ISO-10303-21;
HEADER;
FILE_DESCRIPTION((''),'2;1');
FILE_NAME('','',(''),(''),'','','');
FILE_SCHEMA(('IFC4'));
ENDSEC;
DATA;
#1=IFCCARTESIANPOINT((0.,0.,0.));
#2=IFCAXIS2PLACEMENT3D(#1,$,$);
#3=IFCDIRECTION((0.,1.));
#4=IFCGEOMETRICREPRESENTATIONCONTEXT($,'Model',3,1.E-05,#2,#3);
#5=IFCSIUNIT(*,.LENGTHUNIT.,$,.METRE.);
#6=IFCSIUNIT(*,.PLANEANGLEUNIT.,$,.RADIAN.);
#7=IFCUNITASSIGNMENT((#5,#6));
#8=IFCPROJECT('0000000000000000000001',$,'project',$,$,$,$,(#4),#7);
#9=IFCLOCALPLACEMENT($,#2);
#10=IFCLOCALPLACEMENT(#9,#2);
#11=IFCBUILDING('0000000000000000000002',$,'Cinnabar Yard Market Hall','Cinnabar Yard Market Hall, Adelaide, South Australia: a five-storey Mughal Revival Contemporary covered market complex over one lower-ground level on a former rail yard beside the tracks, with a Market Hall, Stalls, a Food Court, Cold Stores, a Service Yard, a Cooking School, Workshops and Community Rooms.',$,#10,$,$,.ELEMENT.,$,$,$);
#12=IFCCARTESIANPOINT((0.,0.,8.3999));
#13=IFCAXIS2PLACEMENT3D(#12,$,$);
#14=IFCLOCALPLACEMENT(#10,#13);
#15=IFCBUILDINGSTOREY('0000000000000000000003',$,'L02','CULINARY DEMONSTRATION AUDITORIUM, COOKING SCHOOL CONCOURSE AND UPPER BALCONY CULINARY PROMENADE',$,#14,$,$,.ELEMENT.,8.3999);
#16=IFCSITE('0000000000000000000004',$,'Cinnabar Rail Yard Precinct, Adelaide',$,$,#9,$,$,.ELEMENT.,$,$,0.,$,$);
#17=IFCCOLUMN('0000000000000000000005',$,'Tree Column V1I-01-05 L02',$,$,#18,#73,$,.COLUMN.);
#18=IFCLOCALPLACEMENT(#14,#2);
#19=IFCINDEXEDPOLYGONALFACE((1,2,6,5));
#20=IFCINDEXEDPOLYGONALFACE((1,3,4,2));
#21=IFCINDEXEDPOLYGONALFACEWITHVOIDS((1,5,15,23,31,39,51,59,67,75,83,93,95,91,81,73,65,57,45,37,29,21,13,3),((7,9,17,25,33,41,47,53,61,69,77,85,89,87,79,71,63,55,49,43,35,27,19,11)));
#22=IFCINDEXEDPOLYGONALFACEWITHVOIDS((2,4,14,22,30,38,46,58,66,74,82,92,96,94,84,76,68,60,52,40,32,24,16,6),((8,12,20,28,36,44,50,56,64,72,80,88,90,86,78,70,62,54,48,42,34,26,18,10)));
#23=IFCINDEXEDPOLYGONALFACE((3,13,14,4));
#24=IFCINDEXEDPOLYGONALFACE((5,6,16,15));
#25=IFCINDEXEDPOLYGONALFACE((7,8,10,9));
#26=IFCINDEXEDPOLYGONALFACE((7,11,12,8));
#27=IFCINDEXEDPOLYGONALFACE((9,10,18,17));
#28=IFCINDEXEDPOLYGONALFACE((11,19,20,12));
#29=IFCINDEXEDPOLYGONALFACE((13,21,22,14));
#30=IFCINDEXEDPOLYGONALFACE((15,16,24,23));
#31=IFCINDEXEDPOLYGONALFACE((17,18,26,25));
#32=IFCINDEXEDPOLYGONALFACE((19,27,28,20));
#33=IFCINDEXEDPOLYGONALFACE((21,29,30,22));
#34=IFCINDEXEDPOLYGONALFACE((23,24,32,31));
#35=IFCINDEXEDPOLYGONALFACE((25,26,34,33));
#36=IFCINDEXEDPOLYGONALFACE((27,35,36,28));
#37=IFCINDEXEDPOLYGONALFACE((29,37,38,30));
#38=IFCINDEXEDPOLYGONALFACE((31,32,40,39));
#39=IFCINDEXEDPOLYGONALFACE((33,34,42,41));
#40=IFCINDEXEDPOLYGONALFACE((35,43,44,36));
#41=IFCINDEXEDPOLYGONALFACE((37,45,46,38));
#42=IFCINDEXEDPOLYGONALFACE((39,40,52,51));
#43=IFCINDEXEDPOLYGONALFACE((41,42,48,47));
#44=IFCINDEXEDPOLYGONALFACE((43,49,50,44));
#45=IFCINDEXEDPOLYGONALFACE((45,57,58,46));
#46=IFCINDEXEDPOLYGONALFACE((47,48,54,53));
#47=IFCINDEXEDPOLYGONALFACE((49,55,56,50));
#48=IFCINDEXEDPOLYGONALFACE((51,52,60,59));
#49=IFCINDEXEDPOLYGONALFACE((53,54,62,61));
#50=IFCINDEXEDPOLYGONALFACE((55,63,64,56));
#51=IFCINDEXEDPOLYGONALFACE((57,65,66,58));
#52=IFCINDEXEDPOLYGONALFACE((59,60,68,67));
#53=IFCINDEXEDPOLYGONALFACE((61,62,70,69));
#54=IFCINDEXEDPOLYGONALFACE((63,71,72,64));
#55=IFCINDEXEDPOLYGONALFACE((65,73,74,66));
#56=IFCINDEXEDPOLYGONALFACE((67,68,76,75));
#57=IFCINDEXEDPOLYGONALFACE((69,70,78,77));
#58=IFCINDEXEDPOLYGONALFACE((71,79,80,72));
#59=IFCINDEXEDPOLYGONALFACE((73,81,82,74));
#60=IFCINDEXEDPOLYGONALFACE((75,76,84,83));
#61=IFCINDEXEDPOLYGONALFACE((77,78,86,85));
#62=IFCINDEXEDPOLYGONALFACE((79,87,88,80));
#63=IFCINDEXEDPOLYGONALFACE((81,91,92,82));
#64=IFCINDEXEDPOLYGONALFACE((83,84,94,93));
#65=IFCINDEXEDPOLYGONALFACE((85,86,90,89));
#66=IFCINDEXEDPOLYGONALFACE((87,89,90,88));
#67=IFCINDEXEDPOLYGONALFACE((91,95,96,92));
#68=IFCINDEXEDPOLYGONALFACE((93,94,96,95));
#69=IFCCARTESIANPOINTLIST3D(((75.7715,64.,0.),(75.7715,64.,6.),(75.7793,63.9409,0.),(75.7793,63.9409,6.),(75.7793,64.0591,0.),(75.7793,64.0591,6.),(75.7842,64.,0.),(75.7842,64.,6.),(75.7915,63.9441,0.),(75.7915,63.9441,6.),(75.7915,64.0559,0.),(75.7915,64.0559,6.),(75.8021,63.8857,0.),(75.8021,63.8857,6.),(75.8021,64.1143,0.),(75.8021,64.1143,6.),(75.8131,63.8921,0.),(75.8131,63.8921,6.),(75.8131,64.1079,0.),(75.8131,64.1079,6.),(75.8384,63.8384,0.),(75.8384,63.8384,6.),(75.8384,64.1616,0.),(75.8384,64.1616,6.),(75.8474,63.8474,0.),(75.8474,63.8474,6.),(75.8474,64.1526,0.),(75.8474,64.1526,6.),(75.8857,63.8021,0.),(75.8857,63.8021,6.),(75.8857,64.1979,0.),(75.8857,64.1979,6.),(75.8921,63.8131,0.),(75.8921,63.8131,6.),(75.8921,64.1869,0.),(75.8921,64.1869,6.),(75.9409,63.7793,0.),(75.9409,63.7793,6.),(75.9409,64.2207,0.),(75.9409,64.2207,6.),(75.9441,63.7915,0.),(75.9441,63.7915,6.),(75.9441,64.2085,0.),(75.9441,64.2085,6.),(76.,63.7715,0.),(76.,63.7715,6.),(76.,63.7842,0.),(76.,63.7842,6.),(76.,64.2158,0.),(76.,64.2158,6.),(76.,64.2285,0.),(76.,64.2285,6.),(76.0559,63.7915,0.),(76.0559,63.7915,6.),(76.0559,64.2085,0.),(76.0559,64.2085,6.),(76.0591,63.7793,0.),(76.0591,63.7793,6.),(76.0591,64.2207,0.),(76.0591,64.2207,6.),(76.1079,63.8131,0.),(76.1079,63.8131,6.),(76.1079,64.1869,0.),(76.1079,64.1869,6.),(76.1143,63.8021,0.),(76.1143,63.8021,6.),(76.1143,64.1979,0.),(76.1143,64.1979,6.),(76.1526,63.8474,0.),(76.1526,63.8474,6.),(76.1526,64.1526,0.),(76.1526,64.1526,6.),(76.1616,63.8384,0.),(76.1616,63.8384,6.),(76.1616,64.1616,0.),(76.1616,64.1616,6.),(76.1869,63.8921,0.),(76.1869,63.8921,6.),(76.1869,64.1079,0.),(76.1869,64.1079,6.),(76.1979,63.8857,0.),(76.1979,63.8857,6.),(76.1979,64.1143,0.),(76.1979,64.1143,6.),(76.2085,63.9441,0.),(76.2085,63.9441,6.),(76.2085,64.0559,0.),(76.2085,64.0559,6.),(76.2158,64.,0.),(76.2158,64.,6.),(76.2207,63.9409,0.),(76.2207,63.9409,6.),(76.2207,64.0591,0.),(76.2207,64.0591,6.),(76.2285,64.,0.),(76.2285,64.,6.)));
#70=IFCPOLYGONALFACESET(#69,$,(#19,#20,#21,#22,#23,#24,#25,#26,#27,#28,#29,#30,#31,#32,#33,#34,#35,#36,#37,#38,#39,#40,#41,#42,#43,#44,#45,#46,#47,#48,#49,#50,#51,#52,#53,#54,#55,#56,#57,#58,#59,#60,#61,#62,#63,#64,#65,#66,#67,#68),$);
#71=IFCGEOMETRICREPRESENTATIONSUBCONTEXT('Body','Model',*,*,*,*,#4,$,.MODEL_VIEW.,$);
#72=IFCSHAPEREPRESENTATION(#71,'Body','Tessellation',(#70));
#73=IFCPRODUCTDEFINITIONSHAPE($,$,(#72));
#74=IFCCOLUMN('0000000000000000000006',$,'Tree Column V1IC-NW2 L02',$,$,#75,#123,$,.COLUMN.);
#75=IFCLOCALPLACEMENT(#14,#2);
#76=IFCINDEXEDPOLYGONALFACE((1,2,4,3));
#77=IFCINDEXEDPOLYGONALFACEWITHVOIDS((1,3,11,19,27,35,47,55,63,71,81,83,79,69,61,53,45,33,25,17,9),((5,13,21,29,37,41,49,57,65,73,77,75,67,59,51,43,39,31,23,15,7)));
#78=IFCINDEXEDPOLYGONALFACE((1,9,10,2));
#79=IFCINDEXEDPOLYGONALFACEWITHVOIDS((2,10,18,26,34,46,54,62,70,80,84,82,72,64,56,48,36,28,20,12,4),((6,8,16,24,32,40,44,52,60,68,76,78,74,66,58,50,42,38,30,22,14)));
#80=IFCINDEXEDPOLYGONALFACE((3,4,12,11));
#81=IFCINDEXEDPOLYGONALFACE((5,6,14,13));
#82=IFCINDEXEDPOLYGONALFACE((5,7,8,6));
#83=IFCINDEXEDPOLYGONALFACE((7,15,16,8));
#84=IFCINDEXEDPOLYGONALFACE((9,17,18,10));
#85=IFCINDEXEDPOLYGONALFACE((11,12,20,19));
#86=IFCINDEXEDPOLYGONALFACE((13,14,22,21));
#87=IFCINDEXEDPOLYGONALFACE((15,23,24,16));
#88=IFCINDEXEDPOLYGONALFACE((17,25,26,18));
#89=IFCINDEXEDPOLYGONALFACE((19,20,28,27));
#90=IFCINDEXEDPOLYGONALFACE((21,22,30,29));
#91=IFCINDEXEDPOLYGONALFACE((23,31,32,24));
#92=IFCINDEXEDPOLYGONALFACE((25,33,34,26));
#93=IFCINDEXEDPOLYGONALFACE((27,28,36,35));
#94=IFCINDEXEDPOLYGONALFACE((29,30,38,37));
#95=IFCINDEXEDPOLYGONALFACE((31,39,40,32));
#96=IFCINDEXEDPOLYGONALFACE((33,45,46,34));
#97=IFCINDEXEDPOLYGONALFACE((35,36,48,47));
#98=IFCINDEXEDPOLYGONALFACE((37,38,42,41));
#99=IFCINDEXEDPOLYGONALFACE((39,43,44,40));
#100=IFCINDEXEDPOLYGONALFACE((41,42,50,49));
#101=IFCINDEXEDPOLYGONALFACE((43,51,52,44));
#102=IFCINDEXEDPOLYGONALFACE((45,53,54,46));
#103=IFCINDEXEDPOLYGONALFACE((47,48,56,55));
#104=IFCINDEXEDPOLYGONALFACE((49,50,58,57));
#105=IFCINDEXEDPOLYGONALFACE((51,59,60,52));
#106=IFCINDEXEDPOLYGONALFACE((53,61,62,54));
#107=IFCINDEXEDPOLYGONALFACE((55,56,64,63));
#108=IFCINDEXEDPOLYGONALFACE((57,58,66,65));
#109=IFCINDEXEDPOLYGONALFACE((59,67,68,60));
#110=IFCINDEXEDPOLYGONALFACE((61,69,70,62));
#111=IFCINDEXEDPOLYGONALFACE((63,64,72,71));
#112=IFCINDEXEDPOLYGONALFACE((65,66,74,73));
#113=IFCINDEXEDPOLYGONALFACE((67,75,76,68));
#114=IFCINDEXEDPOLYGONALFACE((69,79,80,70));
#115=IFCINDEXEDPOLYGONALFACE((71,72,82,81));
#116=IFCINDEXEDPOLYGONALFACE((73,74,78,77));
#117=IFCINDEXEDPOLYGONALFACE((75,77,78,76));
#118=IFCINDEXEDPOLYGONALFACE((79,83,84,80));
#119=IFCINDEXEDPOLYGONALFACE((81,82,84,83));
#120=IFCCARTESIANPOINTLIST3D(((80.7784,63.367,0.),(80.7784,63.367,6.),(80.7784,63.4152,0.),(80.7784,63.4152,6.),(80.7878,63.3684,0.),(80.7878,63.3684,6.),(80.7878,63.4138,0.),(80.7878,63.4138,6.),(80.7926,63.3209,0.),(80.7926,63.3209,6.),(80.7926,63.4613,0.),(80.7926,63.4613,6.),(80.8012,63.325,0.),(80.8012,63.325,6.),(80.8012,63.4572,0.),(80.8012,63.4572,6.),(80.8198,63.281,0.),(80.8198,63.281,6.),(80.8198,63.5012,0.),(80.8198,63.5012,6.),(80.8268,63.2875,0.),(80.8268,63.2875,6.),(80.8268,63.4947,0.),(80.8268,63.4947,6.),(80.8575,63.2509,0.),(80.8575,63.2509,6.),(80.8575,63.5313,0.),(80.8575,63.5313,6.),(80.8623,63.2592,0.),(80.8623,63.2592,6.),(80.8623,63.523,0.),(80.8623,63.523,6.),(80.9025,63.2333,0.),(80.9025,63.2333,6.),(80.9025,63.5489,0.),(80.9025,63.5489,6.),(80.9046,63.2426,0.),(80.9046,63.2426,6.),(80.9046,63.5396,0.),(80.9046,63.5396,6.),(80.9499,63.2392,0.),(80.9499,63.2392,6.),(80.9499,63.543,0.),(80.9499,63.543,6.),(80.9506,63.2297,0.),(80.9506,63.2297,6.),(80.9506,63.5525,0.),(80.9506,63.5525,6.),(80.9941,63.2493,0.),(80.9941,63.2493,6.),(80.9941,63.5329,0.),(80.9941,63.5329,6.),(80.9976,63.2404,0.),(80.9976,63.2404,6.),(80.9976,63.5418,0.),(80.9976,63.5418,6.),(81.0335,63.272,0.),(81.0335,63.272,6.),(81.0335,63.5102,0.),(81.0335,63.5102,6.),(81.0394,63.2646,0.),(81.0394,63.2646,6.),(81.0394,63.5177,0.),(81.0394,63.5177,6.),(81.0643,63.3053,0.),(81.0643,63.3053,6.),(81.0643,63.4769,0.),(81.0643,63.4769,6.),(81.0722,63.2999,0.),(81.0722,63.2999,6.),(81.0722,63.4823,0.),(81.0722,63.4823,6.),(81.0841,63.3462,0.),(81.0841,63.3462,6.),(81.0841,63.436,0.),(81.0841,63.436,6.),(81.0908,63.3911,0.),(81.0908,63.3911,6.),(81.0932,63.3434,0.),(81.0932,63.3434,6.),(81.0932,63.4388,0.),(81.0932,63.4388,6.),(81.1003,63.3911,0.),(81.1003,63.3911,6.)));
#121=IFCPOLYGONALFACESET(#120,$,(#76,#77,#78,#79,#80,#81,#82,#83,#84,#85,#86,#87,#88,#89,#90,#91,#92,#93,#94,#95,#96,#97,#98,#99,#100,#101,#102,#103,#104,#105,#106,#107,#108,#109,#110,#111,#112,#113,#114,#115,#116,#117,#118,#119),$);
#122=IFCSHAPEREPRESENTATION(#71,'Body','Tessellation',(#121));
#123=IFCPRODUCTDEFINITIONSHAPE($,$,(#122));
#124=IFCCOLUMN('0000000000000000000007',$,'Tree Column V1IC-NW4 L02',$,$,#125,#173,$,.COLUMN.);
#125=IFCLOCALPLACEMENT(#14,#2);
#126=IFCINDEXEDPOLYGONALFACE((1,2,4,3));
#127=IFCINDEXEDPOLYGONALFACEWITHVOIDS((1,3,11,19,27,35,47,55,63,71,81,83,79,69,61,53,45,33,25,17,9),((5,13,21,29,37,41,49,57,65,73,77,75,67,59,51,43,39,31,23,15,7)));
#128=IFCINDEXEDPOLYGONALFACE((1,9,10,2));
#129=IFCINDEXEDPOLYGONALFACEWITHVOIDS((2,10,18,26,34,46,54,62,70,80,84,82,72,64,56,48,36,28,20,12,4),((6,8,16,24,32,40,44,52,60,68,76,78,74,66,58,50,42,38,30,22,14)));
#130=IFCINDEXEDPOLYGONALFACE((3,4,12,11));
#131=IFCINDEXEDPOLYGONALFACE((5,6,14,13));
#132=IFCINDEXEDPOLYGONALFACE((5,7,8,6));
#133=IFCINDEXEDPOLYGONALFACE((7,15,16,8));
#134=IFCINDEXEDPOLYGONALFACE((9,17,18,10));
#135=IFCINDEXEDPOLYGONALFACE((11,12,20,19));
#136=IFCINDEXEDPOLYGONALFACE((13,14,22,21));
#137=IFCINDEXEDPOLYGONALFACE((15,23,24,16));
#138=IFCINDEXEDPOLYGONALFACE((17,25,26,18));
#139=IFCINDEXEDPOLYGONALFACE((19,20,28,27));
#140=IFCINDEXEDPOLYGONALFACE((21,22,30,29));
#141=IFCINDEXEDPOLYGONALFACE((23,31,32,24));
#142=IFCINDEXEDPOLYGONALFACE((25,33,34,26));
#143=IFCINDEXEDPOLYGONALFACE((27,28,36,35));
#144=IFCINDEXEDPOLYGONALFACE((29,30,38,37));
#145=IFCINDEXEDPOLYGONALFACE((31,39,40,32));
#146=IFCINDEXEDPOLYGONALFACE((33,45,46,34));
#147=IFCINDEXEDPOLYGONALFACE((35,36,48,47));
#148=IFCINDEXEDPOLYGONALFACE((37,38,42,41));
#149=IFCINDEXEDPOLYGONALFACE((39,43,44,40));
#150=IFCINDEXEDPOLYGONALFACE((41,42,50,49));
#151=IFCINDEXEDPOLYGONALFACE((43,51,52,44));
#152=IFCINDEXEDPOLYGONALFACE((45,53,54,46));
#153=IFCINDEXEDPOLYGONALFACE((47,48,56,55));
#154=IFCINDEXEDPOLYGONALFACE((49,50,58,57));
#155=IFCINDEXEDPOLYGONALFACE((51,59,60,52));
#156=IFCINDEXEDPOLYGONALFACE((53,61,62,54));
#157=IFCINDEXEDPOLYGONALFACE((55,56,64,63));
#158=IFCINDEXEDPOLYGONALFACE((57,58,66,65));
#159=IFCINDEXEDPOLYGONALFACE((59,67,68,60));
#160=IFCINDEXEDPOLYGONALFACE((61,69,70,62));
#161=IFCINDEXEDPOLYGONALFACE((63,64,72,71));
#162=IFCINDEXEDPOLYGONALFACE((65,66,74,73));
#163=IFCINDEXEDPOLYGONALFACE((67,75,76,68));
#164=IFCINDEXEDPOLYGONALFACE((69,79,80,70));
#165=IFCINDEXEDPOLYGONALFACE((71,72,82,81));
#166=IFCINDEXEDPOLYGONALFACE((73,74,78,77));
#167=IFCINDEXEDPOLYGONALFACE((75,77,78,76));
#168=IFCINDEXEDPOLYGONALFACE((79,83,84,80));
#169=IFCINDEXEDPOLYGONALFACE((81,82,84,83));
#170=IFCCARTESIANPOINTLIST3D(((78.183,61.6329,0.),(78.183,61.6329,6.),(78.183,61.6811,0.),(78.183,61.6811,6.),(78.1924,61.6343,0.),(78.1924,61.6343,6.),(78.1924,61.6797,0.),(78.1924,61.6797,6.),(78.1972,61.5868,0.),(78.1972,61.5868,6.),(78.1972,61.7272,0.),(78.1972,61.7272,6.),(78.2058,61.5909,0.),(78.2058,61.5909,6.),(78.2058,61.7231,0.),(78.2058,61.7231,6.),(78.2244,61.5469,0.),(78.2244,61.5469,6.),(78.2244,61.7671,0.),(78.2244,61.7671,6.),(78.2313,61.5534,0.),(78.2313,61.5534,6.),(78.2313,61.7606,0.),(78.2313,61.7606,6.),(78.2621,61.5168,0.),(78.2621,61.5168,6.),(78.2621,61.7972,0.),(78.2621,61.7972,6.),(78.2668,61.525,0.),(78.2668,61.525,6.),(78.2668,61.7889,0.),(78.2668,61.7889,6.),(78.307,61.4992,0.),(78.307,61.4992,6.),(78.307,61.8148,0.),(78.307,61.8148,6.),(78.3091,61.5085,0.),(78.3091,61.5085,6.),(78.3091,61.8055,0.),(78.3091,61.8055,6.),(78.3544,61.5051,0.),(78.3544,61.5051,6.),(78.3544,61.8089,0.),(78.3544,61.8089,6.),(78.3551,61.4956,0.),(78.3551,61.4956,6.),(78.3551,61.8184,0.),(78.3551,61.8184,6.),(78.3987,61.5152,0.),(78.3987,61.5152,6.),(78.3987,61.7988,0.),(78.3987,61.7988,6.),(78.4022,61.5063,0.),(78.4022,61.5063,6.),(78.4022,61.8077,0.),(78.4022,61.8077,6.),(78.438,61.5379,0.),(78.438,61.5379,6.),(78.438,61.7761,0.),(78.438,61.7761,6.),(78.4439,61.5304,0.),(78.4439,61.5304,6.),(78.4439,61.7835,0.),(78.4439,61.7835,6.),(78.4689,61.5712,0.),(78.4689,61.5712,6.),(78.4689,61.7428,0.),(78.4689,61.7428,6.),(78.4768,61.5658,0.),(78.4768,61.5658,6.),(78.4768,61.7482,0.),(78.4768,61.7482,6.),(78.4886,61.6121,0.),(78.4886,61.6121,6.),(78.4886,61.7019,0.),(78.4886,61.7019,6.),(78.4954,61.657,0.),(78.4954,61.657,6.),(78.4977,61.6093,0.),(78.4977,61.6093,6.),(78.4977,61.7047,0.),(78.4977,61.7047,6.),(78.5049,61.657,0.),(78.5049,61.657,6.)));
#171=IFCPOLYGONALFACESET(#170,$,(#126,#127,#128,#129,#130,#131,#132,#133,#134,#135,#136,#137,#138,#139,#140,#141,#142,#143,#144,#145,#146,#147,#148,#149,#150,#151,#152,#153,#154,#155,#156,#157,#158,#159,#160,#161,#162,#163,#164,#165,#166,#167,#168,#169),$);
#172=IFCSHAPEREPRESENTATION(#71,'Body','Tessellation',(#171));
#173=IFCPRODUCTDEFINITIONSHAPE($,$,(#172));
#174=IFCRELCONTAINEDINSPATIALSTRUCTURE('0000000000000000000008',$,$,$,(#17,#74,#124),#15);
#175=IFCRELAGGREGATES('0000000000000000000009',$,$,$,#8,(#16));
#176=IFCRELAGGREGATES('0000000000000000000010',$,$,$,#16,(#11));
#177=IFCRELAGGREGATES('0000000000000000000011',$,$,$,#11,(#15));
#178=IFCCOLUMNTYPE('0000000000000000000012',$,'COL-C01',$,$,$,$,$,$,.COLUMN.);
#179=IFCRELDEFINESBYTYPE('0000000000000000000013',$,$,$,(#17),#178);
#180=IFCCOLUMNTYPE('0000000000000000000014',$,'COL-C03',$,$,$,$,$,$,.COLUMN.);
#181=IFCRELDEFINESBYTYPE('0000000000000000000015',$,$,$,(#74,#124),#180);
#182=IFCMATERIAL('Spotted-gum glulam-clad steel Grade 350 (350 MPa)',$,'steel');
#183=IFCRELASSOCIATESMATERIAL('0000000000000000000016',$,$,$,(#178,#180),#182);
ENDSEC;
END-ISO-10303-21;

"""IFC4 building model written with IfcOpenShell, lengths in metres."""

from ifc_helpers import new_model, si_unit, direction, frame, origin, origin_2d_with_axis, place, context, subcontext, project, spatial, hollow_circle, extrude, material, material_profile, profile_set, type_object, element, save


model = new_model("IFC4")

# Units and contexts
model_context = context("Model", 3, precision=1e-05, world=origin(), true_north=direction((0.0, 1.0)))
body_context = subcontext(model_context, "Body", "Model", "MODEL_VIEW")
ifc_project = project(units=[si_unit("LENGTHUNIT", "METRE"), si_unit("PLANEANGLEUNIT", "RADIAN")], contexts=[model_context])

# Site, building, storey
site_placement = place(None, origin())
site = spatial("IfcSite", under=ifc_project, at=site_placement, Name="Cinnabar Rail Yard Precinct, Adelaide", CompositionType="ELEMENT", RefElevation=0.0)
building_placement = place(site_placement, origin())
building = spatial("IfcBuilding", under=site, at=building_placement, Name="Cinnabar Yard Market Hall", Description="Cinnabar Yard Market Hall, Adelaide, South Australia: a five-storey Mughal Revival Contemporary covered market complex over one lower-ground level on a former rail yard beside the tracks, with a Market Hall, Stalls, a Food Court, Cold Stores, a Service Yard, a Cooking School, Workshops and Community Rooms.", CompositionType="ELEMENT")
storey_placement = place(building_placement, frame((0.0, 0.0, 8.3999)))
storey = spatial("IfcBuildingStorey", under=building, at=storey_placement, Name="L02", Description="CULINARY DEMONSTRATION AUDITORIUM, COOKING SCHOOL CONCOURSE AND UPPER BALCONY CULINARY PROMENADE", CompositionType="ELEMENT", Elevation=8.3999)

# Columns
ifc_material_1 = material(Name="Spotted-gum glulam-clad steel Grade 350 (350 MPa)", Category="steel")
ifc_material_profile_1 = material_profile(ifc_material_1, hollow_circle(Radius=0.2285, WallThickness=0.0127, at=origin_2d_with_axis()), Name="457.0x12.7CHS")
ifc_profile_set_1 = profile_set([ifc_material_profile_1], Name="Spotted-gum glulam-clad steel Grade 350 (350 MPa)")
column_type_1 = type_object("IfcColumnType", Name="COL-C01", PredefinedType="COLUMN", material=ifc_profile_set_1)
column_placement = place(storey_placement, frame((76.0, 64.0, 0.0), z_axis=(0.0, 0.0, 1.0), x_axis=(1.0, 0.0, 0.0)))
element("IfcColumn", 1, at=column_placement, inside=storey, type_object=column_type_1, Name="Tree Column V1I-01-05 L02", PredefinedType="COLUMN", context=body_context, shape_type="SweptSolid", body=[
    extrude(hollow_circle(Radius=0.2285, WallThickness=0.0127, at=origin_2d_with_axis()), origin(), (0.0, 0.0, 1.0), 6.0),
])
ifc_material_profile_2 = material_profile(ifc_material_1, hollow_circle(Radius=0.1619, WallThickness=0.0095, at=origin_2d_with_axis()), Name="323.9x9.5CHS")
ifc_profile_set_2 = profile_set([ifc_material_profile_2], Name="Spotted-gum glulam-clad steel Grade 350 (350 MPa)")
column_type_2 = type_object("IfcColumnType", Name="COL-C03", PredefinedType="COLUMN", material=ifc_profile_set_2)
for number, where, z_axis, x_axis, name in (
    (2, (80.9385, 63.3911, 0.0), (0.0, 0.0, 1.0), (1.0, 0.0, 0.0), "Tree Column V1IC-NW2 L02"),
    (3, (78.343, 61.657, 0.0), (0.0, 0.0, 1.0), (1.0, 0.0, 0.0), "Tree Column V1IC-NW4 L02"),
):
    element("IfcColumn", number, at=place(storey_placement, frame(where, z_axis=z_axis, x_axis=x_axis)), inside=storey, type_object=column_type_2, Name=name, PredefinedType="COLUMN", context=body_context, shape_type="SweptSolid", body=[
        extrude(hollow_circle(Radius=0.1619, WallThickness=0.0095, at=origin_2d_with_axis()), origin(), (0.0, 0.0, 1.0), 6.0),
    ])

save(model, "model.ifc")
